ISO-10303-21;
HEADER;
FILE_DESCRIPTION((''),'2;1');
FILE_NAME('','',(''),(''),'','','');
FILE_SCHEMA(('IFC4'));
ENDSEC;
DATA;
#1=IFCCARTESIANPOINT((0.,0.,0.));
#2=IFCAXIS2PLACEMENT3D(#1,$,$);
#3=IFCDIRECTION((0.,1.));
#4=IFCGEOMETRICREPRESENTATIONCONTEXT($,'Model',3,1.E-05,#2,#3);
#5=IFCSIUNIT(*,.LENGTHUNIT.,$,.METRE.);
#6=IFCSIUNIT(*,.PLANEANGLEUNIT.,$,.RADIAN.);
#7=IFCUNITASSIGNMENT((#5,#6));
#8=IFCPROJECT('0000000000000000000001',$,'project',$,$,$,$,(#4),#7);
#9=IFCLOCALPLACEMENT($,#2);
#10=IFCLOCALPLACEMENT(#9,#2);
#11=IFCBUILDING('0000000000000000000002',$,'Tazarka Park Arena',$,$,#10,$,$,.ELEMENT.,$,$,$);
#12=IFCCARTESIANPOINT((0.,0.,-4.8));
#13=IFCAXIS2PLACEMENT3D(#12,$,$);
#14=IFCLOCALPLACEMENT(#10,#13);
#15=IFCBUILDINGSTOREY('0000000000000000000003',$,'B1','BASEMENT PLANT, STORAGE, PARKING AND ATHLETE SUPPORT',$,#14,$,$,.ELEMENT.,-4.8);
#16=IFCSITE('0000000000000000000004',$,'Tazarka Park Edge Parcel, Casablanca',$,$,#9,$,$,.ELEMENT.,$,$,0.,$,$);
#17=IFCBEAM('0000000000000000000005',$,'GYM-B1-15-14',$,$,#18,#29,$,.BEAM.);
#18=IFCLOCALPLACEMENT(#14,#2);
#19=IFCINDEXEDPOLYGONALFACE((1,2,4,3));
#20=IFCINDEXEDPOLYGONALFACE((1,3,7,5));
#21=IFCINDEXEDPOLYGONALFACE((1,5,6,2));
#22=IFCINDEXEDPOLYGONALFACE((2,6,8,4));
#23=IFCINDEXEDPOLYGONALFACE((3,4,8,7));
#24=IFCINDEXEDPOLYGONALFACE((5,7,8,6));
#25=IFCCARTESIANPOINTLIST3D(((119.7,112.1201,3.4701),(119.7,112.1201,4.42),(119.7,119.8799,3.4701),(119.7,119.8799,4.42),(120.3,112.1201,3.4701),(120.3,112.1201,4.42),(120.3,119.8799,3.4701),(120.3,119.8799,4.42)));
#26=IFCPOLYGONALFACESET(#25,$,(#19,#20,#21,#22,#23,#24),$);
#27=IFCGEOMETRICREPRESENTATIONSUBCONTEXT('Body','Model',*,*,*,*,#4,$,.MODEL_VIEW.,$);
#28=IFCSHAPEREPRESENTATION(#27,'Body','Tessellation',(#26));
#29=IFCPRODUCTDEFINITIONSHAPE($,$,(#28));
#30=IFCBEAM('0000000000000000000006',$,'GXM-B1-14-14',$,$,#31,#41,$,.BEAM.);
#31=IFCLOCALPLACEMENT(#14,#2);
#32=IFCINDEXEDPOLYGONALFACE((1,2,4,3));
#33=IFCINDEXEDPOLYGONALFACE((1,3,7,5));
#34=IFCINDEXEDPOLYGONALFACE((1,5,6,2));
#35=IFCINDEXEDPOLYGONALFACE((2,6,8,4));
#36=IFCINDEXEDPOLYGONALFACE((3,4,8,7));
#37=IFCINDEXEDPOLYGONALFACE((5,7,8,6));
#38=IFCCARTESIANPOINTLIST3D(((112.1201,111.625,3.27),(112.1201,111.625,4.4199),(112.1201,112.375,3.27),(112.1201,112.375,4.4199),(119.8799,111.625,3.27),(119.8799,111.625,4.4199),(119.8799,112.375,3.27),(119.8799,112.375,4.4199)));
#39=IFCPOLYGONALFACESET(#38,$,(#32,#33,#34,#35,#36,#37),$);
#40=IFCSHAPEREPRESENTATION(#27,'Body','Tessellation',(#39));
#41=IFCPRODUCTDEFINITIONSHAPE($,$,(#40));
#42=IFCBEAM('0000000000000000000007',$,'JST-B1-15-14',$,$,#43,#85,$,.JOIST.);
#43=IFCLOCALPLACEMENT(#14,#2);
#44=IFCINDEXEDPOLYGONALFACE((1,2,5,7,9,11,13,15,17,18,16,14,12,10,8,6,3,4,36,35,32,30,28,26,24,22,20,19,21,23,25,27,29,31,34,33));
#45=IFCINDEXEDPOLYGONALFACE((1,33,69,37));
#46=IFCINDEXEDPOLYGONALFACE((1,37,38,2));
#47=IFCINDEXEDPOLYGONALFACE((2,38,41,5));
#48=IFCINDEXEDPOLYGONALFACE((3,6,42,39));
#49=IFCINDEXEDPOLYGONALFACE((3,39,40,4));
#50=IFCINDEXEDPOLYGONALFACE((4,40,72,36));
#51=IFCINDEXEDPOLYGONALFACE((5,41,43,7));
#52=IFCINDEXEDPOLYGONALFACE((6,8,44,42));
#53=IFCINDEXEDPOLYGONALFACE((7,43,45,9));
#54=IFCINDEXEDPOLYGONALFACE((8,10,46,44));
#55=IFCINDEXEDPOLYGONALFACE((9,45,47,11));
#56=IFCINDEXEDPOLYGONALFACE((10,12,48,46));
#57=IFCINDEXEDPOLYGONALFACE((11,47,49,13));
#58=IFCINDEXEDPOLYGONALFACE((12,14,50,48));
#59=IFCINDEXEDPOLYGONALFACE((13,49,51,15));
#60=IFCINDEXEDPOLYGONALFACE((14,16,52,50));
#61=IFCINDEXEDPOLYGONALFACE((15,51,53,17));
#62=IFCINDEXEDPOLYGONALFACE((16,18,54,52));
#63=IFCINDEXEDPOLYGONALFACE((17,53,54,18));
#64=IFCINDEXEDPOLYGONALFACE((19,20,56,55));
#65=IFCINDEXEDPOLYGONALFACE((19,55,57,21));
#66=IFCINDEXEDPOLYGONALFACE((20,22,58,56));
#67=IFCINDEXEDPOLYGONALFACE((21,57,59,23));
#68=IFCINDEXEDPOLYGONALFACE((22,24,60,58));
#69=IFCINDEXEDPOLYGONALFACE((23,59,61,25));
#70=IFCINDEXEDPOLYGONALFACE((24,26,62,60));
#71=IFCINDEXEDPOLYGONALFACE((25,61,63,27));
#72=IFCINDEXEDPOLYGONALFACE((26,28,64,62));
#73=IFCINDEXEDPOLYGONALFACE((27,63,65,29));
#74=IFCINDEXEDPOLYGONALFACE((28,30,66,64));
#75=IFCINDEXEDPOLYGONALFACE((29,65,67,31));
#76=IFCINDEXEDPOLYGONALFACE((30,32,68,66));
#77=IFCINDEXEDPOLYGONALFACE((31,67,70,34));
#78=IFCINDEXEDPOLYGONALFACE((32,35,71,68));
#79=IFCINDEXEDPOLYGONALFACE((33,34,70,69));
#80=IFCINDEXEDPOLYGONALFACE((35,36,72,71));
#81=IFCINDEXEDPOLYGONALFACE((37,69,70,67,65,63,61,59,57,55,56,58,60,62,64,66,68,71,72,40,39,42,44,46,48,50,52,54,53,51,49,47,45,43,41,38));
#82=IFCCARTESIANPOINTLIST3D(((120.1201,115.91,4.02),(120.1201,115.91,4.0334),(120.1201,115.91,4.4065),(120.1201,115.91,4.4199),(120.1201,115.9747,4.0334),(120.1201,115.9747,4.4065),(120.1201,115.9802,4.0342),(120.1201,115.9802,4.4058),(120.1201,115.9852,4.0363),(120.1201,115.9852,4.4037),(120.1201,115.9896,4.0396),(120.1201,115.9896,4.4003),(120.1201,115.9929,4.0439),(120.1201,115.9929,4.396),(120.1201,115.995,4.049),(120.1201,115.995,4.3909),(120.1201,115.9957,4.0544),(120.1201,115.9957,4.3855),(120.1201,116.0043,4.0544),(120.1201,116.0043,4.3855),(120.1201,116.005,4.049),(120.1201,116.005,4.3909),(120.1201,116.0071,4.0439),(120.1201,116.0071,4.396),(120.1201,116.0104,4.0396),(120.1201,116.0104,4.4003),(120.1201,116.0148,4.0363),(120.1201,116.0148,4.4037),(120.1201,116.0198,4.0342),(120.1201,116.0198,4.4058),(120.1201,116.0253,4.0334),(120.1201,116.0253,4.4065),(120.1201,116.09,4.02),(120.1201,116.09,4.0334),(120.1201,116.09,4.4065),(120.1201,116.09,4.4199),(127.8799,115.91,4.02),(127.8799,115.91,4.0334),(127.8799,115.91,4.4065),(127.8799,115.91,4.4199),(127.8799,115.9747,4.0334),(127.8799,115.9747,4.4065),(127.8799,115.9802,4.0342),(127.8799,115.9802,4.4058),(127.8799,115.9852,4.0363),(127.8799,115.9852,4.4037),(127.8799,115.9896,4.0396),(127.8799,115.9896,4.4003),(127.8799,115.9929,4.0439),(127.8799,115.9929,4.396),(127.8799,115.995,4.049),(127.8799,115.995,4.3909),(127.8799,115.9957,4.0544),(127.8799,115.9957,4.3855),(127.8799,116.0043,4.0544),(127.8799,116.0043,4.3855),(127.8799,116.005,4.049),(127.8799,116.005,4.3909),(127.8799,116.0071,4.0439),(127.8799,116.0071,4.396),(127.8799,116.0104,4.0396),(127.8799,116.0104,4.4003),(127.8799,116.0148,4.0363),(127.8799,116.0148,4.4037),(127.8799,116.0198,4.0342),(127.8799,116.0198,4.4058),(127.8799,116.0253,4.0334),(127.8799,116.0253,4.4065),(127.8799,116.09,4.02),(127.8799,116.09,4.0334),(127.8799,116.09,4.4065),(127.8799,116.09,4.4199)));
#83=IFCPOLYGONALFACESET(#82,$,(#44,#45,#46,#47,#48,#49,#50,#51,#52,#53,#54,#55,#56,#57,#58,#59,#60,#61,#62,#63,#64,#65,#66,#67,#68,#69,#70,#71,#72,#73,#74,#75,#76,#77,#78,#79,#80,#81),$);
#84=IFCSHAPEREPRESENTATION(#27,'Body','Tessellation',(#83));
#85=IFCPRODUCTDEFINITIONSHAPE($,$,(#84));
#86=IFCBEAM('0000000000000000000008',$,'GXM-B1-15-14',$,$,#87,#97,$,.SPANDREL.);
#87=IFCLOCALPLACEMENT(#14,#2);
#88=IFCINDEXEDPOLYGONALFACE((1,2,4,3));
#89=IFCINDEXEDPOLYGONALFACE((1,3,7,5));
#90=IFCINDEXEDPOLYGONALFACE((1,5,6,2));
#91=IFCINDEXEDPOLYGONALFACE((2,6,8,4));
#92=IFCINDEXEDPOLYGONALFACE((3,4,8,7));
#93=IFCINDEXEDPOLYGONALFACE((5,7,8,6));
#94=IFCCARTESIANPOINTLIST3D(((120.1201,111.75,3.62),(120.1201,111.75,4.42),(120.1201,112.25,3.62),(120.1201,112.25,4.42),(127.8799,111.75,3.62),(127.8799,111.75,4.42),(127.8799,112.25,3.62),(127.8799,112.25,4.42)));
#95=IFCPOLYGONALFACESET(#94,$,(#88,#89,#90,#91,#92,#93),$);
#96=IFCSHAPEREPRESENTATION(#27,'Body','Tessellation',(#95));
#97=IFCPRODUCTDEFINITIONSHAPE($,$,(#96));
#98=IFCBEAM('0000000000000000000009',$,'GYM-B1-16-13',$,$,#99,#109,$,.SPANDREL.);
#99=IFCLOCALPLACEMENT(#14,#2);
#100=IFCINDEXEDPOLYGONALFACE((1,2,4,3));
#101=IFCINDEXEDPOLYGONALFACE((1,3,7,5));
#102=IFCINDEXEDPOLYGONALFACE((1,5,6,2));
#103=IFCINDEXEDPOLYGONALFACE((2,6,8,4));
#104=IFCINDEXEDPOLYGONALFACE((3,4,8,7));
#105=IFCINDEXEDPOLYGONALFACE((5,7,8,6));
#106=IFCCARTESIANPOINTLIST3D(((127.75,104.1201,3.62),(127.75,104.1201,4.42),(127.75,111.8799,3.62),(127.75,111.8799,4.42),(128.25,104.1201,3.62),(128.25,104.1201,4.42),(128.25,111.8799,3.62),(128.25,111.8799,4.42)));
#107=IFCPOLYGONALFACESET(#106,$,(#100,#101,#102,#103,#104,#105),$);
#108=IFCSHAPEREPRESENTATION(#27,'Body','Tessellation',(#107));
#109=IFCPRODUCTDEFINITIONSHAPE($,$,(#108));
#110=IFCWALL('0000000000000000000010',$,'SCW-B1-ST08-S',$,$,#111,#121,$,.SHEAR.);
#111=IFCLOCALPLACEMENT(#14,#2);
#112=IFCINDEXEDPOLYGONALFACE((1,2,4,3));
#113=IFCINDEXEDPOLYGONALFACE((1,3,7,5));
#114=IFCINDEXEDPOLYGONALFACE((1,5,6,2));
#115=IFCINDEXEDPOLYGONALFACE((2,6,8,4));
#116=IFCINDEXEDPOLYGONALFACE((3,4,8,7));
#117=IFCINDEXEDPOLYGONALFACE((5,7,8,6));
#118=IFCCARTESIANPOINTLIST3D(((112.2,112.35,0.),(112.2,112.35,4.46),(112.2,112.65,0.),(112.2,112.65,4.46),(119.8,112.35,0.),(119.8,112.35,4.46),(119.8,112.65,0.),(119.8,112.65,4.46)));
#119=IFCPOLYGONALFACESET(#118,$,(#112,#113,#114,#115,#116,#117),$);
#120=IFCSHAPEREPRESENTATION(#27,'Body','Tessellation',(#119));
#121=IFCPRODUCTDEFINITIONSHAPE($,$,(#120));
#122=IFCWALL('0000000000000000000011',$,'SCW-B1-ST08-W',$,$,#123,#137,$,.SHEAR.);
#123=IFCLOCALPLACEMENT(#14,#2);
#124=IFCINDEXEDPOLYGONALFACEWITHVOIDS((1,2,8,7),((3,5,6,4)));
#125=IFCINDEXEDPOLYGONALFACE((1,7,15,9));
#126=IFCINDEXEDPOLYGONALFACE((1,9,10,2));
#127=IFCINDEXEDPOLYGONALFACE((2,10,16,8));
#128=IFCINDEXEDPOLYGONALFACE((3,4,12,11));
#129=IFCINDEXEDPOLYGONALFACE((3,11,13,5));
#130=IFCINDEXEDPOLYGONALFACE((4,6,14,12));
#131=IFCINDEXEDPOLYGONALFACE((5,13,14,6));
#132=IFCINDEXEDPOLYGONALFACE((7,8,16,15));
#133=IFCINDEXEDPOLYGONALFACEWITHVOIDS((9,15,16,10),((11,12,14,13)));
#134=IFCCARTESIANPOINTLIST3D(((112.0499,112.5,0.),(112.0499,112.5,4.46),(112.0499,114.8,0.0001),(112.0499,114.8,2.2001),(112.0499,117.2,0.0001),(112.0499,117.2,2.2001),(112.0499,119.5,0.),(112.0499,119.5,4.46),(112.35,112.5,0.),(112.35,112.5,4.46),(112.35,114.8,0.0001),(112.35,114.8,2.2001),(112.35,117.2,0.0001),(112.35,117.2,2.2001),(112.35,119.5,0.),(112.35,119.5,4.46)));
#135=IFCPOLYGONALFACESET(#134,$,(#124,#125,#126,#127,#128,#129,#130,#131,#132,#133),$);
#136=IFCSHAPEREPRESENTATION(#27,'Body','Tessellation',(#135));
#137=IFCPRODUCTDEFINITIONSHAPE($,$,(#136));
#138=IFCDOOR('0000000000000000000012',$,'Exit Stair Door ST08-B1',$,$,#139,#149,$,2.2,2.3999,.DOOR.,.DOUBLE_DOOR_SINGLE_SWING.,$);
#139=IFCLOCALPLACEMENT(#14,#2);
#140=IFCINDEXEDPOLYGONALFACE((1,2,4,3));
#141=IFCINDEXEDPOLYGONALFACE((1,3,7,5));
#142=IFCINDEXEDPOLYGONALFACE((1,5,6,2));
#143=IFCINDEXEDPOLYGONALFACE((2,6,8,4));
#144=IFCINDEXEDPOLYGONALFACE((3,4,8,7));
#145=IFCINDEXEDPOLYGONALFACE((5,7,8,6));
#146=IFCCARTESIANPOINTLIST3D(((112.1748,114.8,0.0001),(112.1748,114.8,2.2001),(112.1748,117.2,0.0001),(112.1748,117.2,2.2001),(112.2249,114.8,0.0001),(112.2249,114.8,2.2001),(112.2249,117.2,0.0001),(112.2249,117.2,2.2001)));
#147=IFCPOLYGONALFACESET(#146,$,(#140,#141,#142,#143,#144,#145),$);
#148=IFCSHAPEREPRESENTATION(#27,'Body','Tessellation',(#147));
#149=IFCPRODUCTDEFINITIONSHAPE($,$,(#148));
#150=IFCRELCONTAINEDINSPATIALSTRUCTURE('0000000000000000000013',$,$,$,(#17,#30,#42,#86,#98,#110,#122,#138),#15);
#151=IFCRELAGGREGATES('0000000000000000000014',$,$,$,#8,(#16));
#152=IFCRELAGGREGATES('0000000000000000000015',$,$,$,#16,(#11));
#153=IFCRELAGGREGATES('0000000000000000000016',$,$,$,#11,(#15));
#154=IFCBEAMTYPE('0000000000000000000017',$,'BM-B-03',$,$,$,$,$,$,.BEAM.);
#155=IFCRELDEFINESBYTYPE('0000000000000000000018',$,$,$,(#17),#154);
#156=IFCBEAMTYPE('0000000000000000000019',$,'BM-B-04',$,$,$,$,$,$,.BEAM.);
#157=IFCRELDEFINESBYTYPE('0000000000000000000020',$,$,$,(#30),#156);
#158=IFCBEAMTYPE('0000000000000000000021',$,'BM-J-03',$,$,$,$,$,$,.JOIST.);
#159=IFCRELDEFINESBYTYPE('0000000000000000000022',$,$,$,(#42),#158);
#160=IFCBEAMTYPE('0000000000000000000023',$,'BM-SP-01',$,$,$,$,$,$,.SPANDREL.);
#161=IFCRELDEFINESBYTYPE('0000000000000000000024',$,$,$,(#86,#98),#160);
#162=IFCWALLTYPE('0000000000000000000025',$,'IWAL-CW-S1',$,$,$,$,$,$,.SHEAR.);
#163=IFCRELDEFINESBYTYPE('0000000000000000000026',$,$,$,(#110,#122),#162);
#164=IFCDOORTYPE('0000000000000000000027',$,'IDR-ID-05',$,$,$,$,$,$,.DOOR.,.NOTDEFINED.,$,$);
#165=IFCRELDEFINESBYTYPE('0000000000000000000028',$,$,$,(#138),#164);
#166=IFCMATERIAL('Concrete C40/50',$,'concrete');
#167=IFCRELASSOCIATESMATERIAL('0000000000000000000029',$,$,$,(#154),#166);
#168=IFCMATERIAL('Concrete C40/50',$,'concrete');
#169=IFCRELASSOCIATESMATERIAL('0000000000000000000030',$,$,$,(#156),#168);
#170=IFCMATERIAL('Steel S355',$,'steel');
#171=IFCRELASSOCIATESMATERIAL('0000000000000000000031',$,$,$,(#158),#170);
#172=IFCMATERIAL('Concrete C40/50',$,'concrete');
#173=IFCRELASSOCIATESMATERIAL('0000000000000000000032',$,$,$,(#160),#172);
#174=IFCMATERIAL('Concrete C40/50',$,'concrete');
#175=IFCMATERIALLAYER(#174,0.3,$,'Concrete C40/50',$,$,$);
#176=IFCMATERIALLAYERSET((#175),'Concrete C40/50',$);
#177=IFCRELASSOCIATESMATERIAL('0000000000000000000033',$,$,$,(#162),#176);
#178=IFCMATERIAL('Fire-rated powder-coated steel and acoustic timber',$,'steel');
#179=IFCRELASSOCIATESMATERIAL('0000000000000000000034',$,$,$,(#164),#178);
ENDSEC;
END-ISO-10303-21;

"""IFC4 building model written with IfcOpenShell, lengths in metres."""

from ifc_helpers import new_model, si_unit, direction, frame, frame_2d, origin, origin_2d, place, context, subcontext, project, spatial, rectangle, i_section, extrude, material, layer, layer_set, material_profile, profile_set, type_object, element, fill, save


model = new_model("IFC4")

# Units and contexts
model_context = context("Model", 3, precision=1e-05, world=origin(), true_north=direction((0.0, 1.0)))
body_context = subcontext(model_context, "Body", "Model", "MODEL_VIEW")
ifc_project = project(units=[si_unit("LENGTHUNIT", "METRE"), si_unit("PLANEANGLEUNIT", "RADIAN")], contexts=[model_context])

# Site, building, storey
site_placement = place(None, origin())
site = spatial("IfcSite", under=ifc_project, at=site_placement, Name="Tazarka Park Edge Parcel, Casablanca", CompositionType="ELEMENT", RefElevation=0.0)
building_placement = place(site_placement, origin())
building = spatial("IfcBuilding", under=site, at=building_placement, Name="Tazarka Park Arena", CompositionType="ELEMENT")
storey_placement = place(building_placement, frame((0.0, 0.0, -4.8)))
storey = spatial("IfcBuildingStorey", under=building, at=storey_placement, Name="B1", Description="BASEMENT PLANT, STORAGE, PARKING AND ATHLETE SUPPORT", CompositionType="ELEMENT", Elevation=-4.8)

# Beams
ifc_material_1 = material(Name="Concrete C40/50", Category="concrete")
ifc_material_profile_1 = material_profile(ifc_material_1, rectangle(XDim=0.6001, YDim=0.95, at=origin_2d()), Name="Concrete C40/50")
ifc_profile_set_1 = profile_set([ifc_material_profile_1], Name="Concrete C40/50")
beam_type_1 = type_object("IfcBeamType", Name="BM-B-03", PredefinedType="BEAM", material=ifc_profile_set_1)
beam_1_placement = place(storey_placement, frame((120.0, 112.1201, 3.9451), z_axis=(0.0, 1.0, 0.0), x_axis=(-1.0, 0.0, 0.0)))
element("IfcBeam", 1, at=beam_1_placement, inside=storey, type_object=beam_type_1, Name="GYM-B1-15-14", PredefinedType="BEAM", context=body_context, shape_type="SweptSolid", body=[
    extrude(rectangle(XDim=0.6001, YDim=0.95, at=origin_2d()), origin(), (0.0, 0.0, 1.0), 7.7598),
])
ifc_material_2 = material(Name="Concrete C40/50", Category="concrete")
ifc_material_profile_2 = material_profile(ifc_material_2, rectangle(XDim=0.75, YDim=1.1499, at=origin_2d()), Name="Concrete C40/50")
ifc_profile_set_2 = profile_set([ifc_material_profile_2], Name="Concrete C40/50")
beam_type_2 = type_object("IfcBeamType", Name="BM-B-04", PredefinedType="BEAM", material=ifc_profile_set_2)
beam_2_placement = place(storey_placement, frame((112.1201, 112.0, 3.845), z_axis=(1.0, 0.0, 0.0), x_axis=(0.0, 1.0, 0.0)))
element("IfcBeam", 2, at=beam_2_placement, inside=storey, type_object=beam_type_2, Name="GXM-B1-14-14", PredefinedType="BEAM", context=body_context, shape_type="SweptSolid", body=[
    extrude(rectangle(XDim=0.75, YDim=1.1499, at=origin_2d()), origin(), (0.0, 0.0, 1.0), 7.7598),
])
ifc_material_3 = material(Name="Steel S355", Category="steel")
ifc_material_profile_3 = material_profile(ifc_material_3, i_section(OverallWidth=0.1799, OverallDepth=0.3999, WebThickness=0.0085, FlangeThickness=0.0134, FilletRadius=0.021, at=origin_2d()), Name="Steel S355")
ifc_profile_set_3 = profile_set([ifc_material_profile_3], Name="Steel S355")
beam_type_3 = type_object("IfcBeamType", Name="BM-J-03", PredefinedType="JOIST", material=ifc_profile_set_3)
beam_3_placement = place(storey_placement, frame((120.1201, 116.0, 4.22), z_axis=(1.0, 0.0, 0.0), x_axis=(0.0, 1.0, 0.0)))
element("IfcBeam", 3, at=beam_3_placement, inside=storey, type_object=beam_type_3, Name="JST-B1-15-14", PredefinedType="JOIST", context=body_context, shape_type="SweptSolid", body=[
    extrude(i_section(OverallWidth=0.1799, OverallDepth=0.3999, WebThickness=0.0085, FlangeThickness=0.0134, FilletRadius=0.021, at=origin_2d()), origin(), (0.0, 0.0, 1.0), 7.7598),
])
ifc_material_4 = material(Name="Concrete C40/50", Category="concrete")
ifc_material_profile_4 = material_profile(ifc_material_4, rectangle(XDim=0.5, YDim=0.8, at=origin_2d()), Name="Concrete C40/50")
ifc_profile_set_4 = profile_set([ifc_material_profile_4], Name="Concrete C40/50")
beam_type_4 = type_object("IfcBeamType", Name="BM-SP-01", PredefinedType="SPANDREL", material=ifc_profile_set_4)
for number, where, z_axis, x_axis, name in (
    (4, (120.1201, 112.0, 4.02), (1.0, 0.0, 0.0), (0.0, 1.0, 0.0), "GXM-B1-15-14"),
    (5, (128.0, 104.1201, 4.02), (0.0, 1.0, 0.0), (-1.0, 0.0, 0.0), "GYM-B1-16-13"),
):
    element("IfcBeam", number, at=place(storey_placement, frame(where, z_axis=z_axis, x_axis=x_axis)), inside=storey, type_object=beam_type_4, Name=name, PredefinedType="SPANDREL", context=body_context, shape_type="SweptSolid", body=[
        extrude(rectangle(XDim=0.5, YDim=0.8, at=origin_2d()), origin(), (0.0, 0.0, 1.0), 7.7598),
    ])

# Wall
ifc_material_5 = material(Name="Concrete C40/50", Category="concrete")
ifc_layer = layer(ifc_material_5, 0.3, Name="Concrete C40/50")
ifc_layer_set = layer_set([ifc_layer], Name="Concrete C40/50")
wall_type = type_object("IfcWallType", Name="IWAL-CW-S1", PredefinedType="SHEAR", material=ifc_layer_set)
wall_1_placement = place(storey_placement, frame((119.8, 112.5, 0.0), z_axis=(0.0, 0.0, 1.0), x_axis=(-1.0, 0.0, 0.0)))
element("IfcWall", 6, at=wall_1_placement, inside=storey, type_object=wall_type, Name="SCW-B1-ST08-S", PredefinedType="SHEAR", context=body_context, shape_type="SweptSolid", body=[
    extrude(rectangle(XDim=7.6001, YDim=0.3, at=frame_2d((3.8, 0.0))), origin(), (0.0, 0.0, 1.0), 4.46),
])

# Wall, opening, door
wall_2_placement = place(storey_placement, frame((112.2, 112.5, 0.0), z_axis=(0.0, 0.0, 1.0), x_axis=(0.0, 1.0, 0.0)))
wall_2 = element("IfcWall", 7, at=wall_2_placement, inside=storey, type_object=wall_type, Name="SCW-B1-ST08-W", PredefinedType="SHEAR", context=body_context, shape_type="SweptSolid", body=[
    extrude(rectangle(XDim=7.0, YDim=0.3, at=frame_2d((3.5, 0.0))), origin(), (0.0, 0.0, 1.0), 4.46),
])
opening_placement = place(wall_2_placement, frame((2.3, 0.0, 0.0)))
opening = element("IfcOpeningElement", 8, at=opening_placement, cuts=wall_2, PredefinedType="OPENING", context=body_context, shape_type="SweptSolid", body=[
    extrude(rectangle(XDim=2.3999, YDim=2.2, at=frame_2d((1.2, 1.1001))), frame((0.0, 0.1602, 0.0), z_axis=(0.0, -1.0, 0.0), x_axis=(1.0, 0.0, 0.0)), (0.0, 0.0, 1.0), 0.3201),
])
ifc_material_6 = material(Name="Fire-rated powder-coated steel and acoustic timber", Category="steel")
door_type = type_object("IfcDoorType", Name="IDR-ID-05", OperationType="NOTDEFINED", PredefinedType="DOOR", material=ifc_material_6)
door_placement = place(opening_placement, frame((2.3999, 0.0, 0.0), z_axis=(0.0, 0.0, 1.0), x_axis=(-1.0, 0.0, 0.0)))
door = element("IfcDoor", 9, at=door_placement, inside=storey, type_object=door_type, Name="Exit Stair Door ST08-B1", OperationType="DOUBLE_DOOR_SINGLE_SWING", OverallHeight=2.2, OverallWidth=2.3999, PredefinedType="DOOR", context=body_context, shape_type="SweptSolid", body=[
    extrude(rectangle(XDim=2.3999, YDim=2.2, at=frame_2d((1.2, 1.1001))), frame((0.0, 0.0249, 0.0), z_axis=(0.0, -1.0, 0.0), x_axis=(1.0, 0.0, 0.0)), (0.0, 0.0, 1.0), 0.05),
])
fill(opening, door)

save(model, "model.ifc")
